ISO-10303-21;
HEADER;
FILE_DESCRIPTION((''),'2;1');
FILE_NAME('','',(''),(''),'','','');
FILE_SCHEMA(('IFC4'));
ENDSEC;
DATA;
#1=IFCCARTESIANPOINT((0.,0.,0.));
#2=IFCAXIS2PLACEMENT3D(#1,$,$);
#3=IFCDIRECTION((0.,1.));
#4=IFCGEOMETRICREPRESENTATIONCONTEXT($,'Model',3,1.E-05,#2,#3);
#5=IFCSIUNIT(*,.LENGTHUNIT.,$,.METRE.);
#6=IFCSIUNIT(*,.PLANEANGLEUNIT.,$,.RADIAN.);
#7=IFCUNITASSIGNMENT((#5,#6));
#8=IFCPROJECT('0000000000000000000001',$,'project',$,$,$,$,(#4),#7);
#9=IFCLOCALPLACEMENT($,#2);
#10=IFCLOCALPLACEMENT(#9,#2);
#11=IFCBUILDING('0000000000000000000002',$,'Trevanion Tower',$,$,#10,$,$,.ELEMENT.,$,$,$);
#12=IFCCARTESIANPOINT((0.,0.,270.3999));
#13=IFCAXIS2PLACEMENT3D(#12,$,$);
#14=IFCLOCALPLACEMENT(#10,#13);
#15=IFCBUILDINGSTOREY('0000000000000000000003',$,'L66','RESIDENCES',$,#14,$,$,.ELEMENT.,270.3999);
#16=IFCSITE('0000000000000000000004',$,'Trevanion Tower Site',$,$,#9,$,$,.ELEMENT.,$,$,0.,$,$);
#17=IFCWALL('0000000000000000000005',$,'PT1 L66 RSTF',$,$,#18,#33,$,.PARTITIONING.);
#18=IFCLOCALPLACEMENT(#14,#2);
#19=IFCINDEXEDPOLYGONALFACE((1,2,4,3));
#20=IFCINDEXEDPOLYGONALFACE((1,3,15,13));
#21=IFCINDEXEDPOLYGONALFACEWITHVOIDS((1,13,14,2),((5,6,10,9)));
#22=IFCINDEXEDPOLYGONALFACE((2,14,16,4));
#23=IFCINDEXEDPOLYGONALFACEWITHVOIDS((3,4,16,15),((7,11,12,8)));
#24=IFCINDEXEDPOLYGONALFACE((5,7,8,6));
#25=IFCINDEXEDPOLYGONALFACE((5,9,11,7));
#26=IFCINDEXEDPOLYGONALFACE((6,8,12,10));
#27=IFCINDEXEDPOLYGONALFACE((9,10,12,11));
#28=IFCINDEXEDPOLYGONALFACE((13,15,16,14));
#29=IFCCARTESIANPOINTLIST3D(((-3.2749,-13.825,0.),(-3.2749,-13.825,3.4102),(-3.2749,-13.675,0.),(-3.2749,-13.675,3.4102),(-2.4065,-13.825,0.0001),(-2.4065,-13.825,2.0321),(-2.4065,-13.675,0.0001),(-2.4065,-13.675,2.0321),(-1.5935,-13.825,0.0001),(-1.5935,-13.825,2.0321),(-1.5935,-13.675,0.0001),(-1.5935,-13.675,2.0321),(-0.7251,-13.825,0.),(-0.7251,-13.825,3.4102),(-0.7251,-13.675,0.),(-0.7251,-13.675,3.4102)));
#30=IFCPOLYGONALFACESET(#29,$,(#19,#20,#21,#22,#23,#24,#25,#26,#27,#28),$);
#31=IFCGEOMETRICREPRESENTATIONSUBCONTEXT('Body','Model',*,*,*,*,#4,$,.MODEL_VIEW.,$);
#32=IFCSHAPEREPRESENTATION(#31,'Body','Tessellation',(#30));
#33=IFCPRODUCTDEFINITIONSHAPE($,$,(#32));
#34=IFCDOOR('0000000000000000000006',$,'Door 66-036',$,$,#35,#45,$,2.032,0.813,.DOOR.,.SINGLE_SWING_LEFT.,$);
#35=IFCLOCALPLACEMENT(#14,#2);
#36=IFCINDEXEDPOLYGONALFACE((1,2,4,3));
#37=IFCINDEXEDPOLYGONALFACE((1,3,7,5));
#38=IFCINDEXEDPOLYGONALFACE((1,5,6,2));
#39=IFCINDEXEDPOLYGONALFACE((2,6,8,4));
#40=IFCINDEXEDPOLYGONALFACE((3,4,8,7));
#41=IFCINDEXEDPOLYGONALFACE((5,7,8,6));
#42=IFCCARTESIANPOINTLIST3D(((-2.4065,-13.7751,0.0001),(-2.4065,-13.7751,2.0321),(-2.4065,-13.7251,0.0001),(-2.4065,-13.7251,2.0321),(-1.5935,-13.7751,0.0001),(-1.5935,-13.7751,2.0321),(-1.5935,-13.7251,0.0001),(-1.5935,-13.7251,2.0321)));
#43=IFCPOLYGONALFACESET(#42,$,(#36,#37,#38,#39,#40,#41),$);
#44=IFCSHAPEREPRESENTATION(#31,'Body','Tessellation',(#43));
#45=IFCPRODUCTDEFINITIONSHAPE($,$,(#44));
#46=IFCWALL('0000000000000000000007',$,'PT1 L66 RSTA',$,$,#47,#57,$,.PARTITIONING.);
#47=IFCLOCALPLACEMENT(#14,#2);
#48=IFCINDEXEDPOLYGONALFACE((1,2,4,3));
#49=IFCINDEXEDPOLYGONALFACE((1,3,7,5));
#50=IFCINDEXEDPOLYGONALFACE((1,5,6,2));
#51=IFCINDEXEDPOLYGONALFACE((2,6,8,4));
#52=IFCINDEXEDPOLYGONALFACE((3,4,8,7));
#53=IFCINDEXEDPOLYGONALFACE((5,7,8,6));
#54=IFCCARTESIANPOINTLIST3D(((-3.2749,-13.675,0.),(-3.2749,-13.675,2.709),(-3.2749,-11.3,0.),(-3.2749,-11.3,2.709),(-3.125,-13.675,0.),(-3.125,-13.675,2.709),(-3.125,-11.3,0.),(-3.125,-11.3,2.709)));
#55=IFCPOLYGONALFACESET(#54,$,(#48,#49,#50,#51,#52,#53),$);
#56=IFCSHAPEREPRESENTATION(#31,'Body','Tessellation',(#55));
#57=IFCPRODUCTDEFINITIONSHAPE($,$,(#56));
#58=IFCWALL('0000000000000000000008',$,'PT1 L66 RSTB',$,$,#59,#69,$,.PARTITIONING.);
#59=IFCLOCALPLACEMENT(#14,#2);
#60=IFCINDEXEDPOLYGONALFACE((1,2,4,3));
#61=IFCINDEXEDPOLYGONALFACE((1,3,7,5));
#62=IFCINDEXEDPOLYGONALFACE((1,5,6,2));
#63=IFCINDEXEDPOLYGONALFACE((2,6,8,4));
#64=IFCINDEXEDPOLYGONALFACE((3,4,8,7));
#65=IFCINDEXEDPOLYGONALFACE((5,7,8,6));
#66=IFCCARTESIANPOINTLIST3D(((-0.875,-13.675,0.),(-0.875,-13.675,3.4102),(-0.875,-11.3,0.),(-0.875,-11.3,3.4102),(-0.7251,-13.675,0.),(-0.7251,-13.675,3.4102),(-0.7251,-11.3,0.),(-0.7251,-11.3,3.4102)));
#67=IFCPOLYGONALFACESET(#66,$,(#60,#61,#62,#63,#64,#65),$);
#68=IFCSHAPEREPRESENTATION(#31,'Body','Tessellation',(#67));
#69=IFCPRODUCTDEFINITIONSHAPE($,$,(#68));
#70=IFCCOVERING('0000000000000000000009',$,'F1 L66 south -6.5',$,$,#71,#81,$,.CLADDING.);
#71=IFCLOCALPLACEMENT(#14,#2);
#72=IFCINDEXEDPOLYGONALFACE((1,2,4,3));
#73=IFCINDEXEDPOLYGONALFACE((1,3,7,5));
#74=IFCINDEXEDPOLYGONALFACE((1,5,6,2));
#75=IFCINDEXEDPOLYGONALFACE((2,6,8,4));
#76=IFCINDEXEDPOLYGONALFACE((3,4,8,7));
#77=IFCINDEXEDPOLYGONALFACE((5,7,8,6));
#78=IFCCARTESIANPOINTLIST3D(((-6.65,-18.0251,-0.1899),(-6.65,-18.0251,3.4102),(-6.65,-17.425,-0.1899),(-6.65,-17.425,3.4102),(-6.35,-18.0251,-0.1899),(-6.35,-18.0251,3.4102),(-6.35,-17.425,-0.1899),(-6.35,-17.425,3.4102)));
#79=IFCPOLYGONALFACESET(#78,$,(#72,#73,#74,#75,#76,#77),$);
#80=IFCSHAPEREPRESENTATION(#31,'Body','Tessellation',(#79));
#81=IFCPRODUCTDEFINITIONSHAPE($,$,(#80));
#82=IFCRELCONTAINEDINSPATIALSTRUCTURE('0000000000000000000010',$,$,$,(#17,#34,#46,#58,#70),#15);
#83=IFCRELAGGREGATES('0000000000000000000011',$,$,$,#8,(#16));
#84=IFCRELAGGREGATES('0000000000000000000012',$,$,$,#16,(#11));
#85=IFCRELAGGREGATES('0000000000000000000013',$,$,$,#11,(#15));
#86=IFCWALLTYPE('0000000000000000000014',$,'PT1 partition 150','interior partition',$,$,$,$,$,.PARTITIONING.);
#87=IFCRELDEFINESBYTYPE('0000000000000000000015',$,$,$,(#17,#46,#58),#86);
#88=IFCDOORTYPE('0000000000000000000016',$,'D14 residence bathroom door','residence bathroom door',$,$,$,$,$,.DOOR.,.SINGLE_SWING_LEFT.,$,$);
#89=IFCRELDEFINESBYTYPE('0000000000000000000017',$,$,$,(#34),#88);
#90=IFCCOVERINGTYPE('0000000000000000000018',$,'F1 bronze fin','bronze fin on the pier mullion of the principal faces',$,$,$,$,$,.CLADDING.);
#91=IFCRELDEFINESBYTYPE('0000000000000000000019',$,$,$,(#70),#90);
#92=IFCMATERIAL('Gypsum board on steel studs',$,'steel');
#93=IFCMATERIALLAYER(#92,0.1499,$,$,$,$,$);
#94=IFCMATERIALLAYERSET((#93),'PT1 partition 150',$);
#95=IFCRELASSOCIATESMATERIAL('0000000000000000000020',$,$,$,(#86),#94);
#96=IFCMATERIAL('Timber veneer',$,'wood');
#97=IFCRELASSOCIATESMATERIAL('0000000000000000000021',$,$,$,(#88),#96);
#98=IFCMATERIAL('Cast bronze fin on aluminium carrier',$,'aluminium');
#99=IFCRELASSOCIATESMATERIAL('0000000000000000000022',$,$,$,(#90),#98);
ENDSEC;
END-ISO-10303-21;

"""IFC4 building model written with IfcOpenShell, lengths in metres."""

from ifc_helpers import new_model, si_unit, direction, frame, frame_2d, origin, origin_2d, place, context, subcontext, project, spatial, rectangle, extrude, material, layer, layer_set, type_object, element, fill, save


model = new_model("IFC4")

# Units and contexts
model_context = context("Model", 3, precision=1e-05, world=origin(), true_north=direction((0.0, 1.0)))
body_context = subcontext(model_context, "Body", "Model", "MODEL_VIEW")
ifc_project = project(units=[si_unit("LENGTHUNIT", "METRE"), si_unit("PLANEANGLEUNIT", "RADIAN")], contexts=[model_context])

# Site, building, storey
site_placement = place(None, origin())
site = spatial("IfcSite", under=ifc_project, at=site_placement, Name="Trevanion Tower Site", CompositionType="ELEMENT", RefElevation=0.0)
building_placement = place(site_placement, origin())
building = spatial("IfcBuilding", under=site, at=building_placement, Name="Trevanion Tower", CompositionType="ELEMENT")
storey_placement = place(building_placement, frame((0.0, 0.0, 270.3999)))
storey = spatial("IfcBuildingStorey", under=building, at=storey_placement, Name="L66", Description="RESIDENCES", CompositionType="ELEMENT", Elevation=270.3999)

# Wall, opening, door
ifc_material_1 = material(Name="Gypsum board on steel studs", Category="steel")
ifc_layer_1 = layer(ifc_material_1, 0.1499)
ifc_layer_set_1 = layer_set([ifc_layer_1], Name="PT1 partition 150")
wall_type_1 = type_object("IfcWallType", Name="PT1 partition 150", Description="interior partition", PredefinedType="PARTITIONING", material=ifc_layer_set_1)
wall_1_placement = place(storey_placement, frame((-3.2749, -13.75, 0.0), z_axis=(0.0, 0.0, 1.0), x_axis=(1.0, 0.0, 0.0)))
wall_1 = element("IfcWall", 1, at=wall_1_placement, inside=storey, type_object=wall_type_1, Name="PT1 L66 RSTF", PredefinedType="PARTITIONING", context=body_context, shape_type="SweptSolid", body=[
    extrude(rectangle(XDim=2.5498, YDim=0.1499, at=frame_2d((1.2749, 0.0))), origin(), (0.0, 0.0, 1.0), 3.4102),
])
opening_1_placement = place(wall_1_placement, frame((0.8684, 0.0, 0.0)))
opening_1 = element("IfcOpeningElement", 2, at=opening_1_placement, cuts=wall_1, PredefinedType="OPENING", context=body_context, shape_type="SweptSolid", body=[
    extrude(rectangle(XDim=0.813, YDim=2.032, at=frame_2d((0.4065, 1.0161))), frame((0.0, 0.085, 0.0), z_axis=(0.0, -1.0, 0.0), x_axis=(1.0, 0.0, 0.0)), (0.0, 0.0, 1.0), 0.1699),
])
ifc_material_2 = material(Name="Timber veneer", Category="wood")
door_type_1 = type_object("IfcDoorType", Name="D14 residence bathroom door", Description="residence bathroom door", OperationType="SINGLE_SWING_LEFT", PredefinedType="DOOR", material=ifc_material_2)
door_1_placement = place(opening_1_placement, origin())
door_1 = element("IfcDoor", 3, at=door_1_placement, inside=storey, type_object=door_type_1, Name="Door 66-036", OperationType="SINGLE_SWING_LEFT", OverallHeight=2.032, OverallWidth=0.813, PredefinedType="DOOR", context=body_context, shape_type="SweptSolid", body=[
    extrude(rectangle(XDim=0.813, YDim=2.032, at=frame_2d((0.4065, 1.0161))), frame((0.0, 0.0249, 0.0), z_axis=(0.0, -1.0, 0.0), x_axis=(1.0, 0.0, 0.0)), (0.0, 0.0, 1.0), 0.05),
])
fill(opening_1, door_1)

# Walls
wall_2_placement = place(storey_placement, frame((-3.2, -11.3, 0.0), z_axis=(0.0, 0.0, 1.0), x_axis=(0.0, -1.0, 0.0)))
element("IfcWall", 4, at=wall_2_placement, inside=storey, type_object=wall_type_1, Name="PT1 L66 RSTA", PredefinedType="PARTITIONING", context=body_context, shape_type="SweptSolid", body=[
    extrude(rectangle(XDim=2.375, YDim=0.1499, at=frame_2d((1.1875, 0.0))), origin(), (0.0, 0.0, 1.0), 2.709),
])
wall_3_placement = place(storey_placement, frame((-0.8, -11.3, 0.0), z_axis=(0.0, 0.0, 1.0), x_axis=(0.0, -1.0, 0.0)))
element("IfcWall", 5, at=wall_3_placement, inside=storey, type_object=wall_type_1, Name="PT1 L66 RSTB", PredefinedType="PARTITIONING", context=body_context, shape_type="SweptSolid", body=[
    extrude(rectangle(XDim=2.375, YDim=0.1499, at=frame_2d((1.1875, 0.0))), origin(), (0.0, 0.0, 1.0), 3.4102),
])

# Covering
ifc_material_3 = material(Name="Cast bronze fin on aluminium carrier", Category="aluminium")
covering_type = type_object("IfcCoveringType", Name="F1 bronze fin", Description="bronze fin on the pier mullion of the principal faces", PredefinedType="CLADDING", material=ifc_material_3)
covering_placement = place(storey_placement, frame((-6.5, -17.7251, -0.1899), z_axis=(0.0, 0.0, 1.0), x_axis=(1.0, 0.0, 0.0)))
element("IfcCovering", 6, at=covering_placement, inside=storey, type_object=covering_type, Name="F1 L66 south -6.5", PredefinedType="CLADDING", context=body_context, shape_type="SweptSolid", body=[
    extrude(rectangle(XDim=0.3, YDim=0.6001, at=origin_2d()), origin(), (0.0, 0.0, 1.0), 3.6001),
])

save(model, "model.ifc")
